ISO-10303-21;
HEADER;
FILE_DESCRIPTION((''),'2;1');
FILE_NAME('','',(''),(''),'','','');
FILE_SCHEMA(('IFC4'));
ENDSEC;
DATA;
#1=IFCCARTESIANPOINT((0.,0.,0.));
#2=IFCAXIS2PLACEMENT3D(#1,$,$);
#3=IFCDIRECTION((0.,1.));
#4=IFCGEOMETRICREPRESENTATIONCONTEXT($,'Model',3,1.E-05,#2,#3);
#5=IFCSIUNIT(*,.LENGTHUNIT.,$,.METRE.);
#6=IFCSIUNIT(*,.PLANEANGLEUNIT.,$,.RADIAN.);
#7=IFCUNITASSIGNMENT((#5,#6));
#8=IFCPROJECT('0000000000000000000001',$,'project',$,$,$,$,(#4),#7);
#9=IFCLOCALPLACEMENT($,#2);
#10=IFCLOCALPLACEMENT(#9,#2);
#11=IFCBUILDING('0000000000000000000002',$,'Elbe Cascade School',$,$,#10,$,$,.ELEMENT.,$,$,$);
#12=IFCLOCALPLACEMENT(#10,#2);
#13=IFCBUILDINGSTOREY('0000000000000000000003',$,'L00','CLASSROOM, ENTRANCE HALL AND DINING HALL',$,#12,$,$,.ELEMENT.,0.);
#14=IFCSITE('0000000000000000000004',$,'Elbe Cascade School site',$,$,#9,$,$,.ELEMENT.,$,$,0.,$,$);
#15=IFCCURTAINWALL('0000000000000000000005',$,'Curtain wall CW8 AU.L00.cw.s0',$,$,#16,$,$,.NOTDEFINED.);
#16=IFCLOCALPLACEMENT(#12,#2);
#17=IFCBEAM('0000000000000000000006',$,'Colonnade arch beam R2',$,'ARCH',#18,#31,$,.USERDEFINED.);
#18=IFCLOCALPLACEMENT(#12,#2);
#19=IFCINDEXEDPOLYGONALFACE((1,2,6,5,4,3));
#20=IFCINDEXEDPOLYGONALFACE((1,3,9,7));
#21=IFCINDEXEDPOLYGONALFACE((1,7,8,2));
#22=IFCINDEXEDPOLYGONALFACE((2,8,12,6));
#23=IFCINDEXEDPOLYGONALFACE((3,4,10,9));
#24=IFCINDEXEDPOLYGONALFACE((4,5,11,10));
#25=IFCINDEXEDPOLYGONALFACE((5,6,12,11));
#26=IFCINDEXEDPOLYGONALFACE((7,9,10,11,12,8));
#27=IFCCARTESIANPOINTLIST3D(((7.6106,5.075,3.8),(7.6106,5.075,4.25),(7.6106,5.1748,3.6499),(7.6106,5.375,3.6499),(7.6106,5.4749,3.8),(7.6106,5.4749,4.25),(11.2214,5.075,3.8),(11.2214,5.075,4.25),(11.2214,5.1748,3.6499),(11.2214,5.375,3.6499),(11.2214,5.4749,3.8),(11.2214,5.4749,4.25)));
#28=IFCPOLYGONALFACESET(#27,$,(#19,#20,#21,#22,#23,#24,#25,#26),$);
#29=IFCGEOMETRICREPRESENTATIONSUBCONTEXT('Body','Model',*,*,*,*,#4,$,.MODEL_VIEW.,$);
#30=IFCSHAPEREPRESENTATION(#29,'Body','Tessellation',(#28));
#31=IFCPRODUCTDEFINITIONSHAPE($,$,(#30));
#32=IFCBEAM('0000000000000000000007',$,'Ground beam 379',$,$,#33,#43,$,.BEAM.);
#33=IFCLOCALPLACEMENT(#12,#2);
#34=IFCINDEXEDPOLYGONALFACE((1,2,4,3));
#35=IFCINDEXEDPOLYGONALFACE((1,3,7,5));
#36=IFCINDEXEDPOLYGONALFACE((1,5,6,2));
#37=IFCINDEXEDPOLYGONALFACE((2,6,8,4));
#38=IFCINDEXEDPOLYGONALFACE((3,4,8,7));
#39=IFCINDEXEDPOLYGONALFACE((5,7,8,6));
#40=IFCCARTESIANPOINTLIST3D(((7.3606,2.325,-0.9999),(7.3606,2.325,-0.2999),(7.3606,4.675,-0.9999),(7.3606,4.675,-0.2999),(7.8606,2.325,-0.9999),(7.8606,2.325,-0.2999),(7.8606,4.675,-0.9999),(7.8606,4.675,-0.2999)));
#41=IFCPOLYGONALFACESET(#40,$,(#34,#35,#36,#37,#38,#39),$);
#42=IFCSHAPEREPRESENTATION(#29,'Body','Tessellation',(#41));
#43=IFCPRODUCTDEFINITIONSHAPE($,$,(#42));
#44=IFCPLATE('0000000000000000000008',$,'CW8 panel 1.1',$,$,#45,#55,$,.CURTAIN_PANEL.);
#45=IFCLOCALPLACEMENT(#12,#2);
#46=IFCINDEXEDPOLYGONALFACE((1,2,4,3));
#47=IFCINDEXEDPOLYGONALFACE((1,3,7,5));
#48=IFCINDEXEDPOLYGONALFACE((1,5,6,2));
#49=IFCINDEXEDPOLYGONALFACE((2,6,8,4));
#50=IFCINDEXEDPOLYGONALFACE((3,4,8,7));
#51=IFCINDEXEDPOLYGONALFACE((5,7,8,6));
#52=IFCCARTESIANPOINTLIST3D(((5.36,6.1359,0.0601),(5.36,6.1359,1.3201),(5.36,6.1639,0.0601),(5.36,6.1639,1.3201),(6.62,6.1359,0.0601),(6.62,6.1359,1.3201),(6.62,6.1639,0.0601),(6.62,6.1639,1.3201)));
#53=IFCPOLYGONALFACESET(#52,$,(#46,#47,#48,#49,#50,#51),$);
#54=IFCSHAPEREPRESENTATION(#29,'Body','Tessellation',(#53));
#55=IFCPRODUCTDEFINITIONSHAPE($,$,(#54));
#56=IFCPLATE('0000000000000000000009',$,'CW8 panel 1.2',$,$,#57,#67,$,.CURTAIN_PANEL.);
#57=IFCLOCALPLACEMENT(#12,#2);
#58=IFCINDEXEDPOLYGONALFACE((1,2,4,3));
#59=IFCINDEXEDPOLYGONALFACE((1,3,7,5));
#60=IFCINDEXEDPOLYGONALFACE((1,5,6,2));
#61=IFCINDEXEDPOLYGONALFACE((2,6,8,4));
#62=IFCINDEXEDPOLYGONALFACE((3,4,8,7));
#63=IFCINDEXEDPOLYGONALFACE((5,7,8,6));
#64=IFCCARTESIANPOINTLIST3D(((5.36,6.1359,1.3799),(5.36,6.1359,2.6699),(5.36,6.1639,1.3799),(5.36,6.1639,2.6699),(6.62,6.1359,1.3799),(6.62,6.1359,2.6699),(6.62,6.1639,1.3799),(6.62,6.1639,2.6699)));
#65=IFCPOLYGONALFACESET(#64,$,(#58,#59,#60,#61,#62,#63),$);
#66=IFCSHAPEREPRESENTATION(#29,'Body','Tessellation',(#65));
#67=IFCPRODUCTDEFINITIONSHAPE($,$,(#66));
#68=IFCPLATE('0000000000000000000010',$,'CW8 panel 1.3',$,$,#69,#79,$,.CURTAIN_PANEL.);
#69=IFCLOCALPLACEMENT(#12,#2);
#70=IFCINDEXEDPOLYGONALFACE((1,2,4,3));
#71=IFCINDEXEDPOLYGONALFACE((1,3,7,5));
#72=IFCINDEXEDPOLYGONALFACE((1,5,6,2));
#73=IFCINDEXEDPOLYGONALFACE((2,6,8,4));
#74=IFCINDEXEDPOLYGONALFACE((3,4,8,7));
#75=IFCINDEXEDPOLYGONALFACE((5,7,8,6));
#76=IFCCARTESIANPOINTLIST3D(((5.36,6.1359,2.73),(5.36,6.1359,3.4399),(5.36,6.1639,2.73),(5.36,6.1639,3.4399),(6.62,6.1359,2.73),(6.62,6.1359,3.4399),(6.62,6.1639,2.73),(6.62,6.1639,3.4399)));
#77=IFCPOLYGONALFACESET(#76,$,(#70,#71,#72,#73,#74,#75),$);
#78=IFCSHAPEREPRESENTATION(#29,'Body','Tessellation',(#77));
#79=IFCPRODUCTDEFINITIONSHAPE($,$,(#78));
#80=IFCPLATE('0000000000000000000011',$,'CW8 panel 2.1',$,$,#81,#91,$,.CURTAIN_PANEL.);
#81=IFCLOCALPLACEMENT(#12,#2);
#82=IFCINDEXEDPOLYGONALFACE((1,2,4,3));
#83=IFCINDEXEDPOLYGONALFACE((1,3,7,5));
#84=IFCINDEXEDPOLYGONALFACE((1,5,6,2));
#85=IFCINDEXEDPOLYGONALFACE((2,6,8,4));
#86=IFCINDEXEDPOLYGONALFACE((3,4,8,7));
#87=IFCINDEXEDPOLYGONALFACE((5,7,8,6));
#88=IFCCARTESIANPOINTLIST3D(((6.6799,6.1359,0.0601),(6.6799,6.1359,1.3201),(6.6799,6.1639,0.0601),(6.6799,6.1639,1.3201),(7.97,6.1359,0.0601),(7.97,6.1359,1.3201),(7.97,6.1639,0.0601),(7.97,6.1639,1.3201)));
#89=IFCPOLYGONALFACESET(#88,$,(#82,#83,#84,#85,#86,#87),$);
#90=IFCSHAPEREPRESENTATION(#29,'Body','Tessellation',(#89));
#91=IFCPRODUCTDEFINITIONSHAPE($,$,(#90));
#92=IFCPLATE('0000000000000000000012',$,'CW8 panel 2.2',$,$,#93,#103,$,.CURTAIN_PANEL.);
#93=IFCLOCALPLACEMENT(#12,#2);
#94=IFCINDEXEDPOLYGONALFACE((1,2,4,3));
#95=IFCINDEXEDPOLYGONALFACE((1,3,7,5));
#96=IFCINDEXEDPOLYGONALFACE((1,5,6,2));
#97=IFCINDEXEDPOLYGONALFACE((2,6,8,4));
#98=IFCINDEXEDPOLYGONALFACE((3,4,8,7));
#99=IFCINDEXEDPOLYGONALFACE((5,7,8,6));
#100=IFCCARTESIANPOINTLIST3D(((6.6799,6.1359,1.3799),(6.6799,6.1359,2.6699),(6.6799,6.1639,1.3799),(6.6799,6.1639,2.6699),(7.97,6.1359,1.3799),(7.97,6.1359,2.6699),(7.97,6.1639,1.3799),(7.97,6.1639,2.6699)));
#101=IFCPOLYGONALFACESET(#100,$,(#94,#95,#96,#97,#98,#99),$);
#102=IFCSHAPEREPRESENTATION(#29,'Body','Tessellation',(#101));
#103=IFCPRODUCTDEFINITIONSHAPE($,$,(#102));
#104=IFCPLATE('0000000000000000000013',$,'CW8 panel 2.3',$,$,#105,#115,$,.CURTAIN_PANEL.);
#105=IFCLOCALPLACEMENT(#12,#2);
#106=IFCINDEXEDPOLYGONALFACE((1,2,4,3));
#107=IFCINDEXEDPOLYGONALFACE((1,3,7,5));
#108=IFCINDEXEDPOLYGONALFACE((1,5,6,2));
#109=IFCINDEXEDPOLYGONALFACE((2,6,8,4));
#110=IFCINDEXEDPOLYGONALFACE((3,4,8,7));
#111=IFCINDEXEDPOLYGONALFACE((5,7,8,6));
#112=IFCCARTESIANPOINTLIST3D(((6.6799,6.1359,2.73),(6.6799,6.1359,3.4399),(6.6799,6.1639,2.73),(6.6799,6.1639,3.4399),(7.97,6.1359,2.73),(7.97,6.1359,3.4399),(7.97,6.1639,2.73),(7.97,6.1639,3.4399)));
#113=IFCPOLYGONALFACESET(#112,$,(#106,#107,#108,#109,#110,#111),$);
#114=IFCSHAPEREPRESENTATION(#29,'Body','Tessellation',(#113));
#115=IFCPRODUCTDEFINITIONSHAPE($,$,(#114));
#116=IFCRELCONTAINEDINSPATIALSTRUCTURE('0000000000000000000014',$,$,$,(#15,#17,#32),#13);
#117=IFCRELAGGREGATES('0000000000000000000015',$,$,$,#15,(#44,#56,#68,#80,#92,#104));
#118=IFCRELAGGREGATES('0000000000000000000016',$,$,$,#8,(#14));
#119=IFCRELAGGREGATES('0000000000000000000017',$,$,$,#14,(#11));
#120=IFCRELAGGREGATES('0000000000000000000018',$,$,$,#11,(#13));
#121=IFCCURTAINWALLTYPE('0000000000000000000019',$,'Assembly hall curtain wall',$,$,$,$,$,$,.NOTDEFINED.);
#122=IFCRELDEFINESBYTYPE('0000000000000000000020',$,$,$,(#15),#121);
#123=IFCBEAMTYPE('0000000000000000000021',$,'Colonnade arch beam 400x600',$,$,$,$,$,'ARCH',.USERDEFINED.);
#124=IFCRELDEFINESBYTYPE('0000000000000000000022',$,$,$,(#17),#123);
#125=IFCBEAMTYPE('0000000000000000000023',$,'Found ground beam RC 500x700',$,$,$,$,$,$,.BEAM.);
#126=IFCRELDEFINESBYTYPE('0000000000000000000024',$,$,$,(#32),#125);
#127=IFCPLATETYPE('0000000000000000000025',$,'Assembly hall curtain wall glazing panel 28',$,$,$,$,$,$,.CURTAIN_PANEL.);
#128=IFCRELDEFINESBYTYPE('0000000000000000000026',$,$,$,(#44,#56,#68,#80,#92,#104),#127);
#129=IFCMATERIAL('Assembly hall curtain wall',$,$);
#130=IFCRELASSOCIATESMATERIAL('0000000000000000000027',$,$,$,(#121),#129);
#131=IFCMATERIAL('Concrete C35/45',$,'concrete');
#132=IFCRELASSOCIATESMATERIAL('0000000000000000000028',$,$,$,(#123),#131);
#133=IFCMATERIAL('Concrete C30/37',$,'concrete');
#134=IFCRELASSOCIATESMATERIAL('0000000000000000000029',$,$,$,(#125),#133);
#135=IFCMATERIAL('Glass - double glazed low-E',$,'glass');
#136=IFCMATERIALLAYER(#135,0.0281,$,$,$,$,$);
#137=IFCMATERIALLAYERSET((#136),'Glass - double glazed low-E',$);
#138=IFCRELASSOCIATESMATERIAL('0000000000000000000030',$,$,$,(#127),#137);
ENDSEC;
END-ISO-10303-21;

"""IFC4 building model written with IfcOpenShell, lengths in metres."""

from ifc_helpers import new_model, si_unit, direction, frame, origin, origin_2d, place, context, subcontext, project, spatial, polyline, rectangle, outline, extrude, material, layer, layer_set, material_profile, profile_set, type_object, element, aggregate, save


model = new_model("IFC4")

# Units and contexts
model_context = context("Model", 3, precision=1e-05, world=origin(), true_north=direction((0.0, 1.0)))
body_context = subcontext(model_context, "Body", "Model", "MODEL_VIEW")
ifc_project = project(units=[si_unit("LENGTHUNIT", "METRE"), si_unit("PLANEANGLEUNIT", "RADIAN")], contexts=[model_context])

# Site, building, storey
site_placement = place(None, origin())
site = spatial("IfcSite", under=ifc_project, at=site_placement, Name="Elbe Cascade School site", CompositionType="ELEMENT", RefElevation=0.0)
building_placement = place(site_placement, origin())
building = spatial("IfcBuilding", under=site, at=building_placement, Name="Elbe Cascade School", CompositionType="ELEMENT")
storey_placement = place(building_placement, origin())
storey = spatial("IfcBuildingStorey", under=building, at=storey_placement, Name="L00", Description="CLASSROOM, ENTRANCE HALL AND DINING HALL", CompositionType="ELEMENT", Elevation=0.0)

# Curtain wall
ifc_material_1 = material(Name="Assembly hall curtain wall")
curtain_wall_type = type_object("IfcCurtainWallType", Name="Assembly hall curtain wall", PredefinedType="NOTDEFINED", material=ifc_material_1)
curtain_wall_placement = place(storey_placement, origin())
curtain_wall = element("IfcCurtainWall", 1, at=curtain_wall_placement, inside=storey, type_object=curtain_wall_type, Name="Curtain wall CW8 AU.L00.cw.s0", PredefinedType="NOTDEFINED")

# Beams
ifc_material_2 = material(Name="Concrete C35/45", Category="concrete")
ifc_material_profile_1 = material_profile(ifc_material_2, outline(polyline([(-0.2, 0.3), (0.2, 0.3), (0.2, -0.1499), (0.1001, -0.3), (-0.1001, -0.3), (-0.2, -0.1499), (-0.2, 0.3)])), Name="RC arch 400x600")
ifc_profile_set_1 = profile_set([ifc_material_profile_1], Name="Concrete C35/45")
beam_type_1 = type_object("IfcBeamType", Name="Colonnade arch beam 400x600", ElementType="ARCH", PredefinedType="USERDEFINED", material=ifc_profile_set_1)
for number, where, z_axis, x_axis, name in (
    (2, (7.6106, 5.2749, 3.95), (1.0, 0.0, 0.0), (0.0, 1.0, 0.0), "Colonnade arch beam R2"),
):
    element("IfcBeam", number, at=place(storey_placement, frame(where, z_axis=z_axis, x_axis=x_axis)), inside=storey, type_object=beam_type_1, Name=name, ObjectType="ARCH", PredefinedType="USERDEFINED", context=body_context, shape_type="SweptSolid", body=[
        extrude(outline(polyline([(-0.2, 0.3), (0.2, 0.3), (0.2, -0.1499), (0.1001, -0.3), (-0.1001, -0.3), (-0.2, -0.1499), (-0.2, 0.3)])), origin(), (0.0, 0.0, 1.0), 3.6108),
    ])
ifc_material_3 = material(Name="Concrete C30/37", Category="concrete")
ifc_material_profile_2 = material_profile(ifc_material_3, rectangle(XDim=0.5, YDim=0.7, at=origin_2d()), Name="RC 500x700")
ifc_profile_set_2 = profile_set([ifc_material_profile_2], Name="Concrete C30/37")
beam_type_2 = type_object("IfcBeamType", Name="Found ground beam RC 500x700", PredefinedType="BEAM", material=ifc_profile_set_2)
beam_1_placement = place(storey_placement, frame((7.6106, 2.325, -0.6499), z_axis=(0.0, 1.0, 0.0), x_axis=(-1.0, 0.0, 0.0)))
element("IfcBeam", 3, at=beam_1_placement, inside=storey, type_object=beam_type_2, Name="Ground beam 379", PredefinedType="BEAM", context=body_context, shape_type="SweptSolid", body=[
    extrude(rectangle(XDim=0.5, YDim=0.7, at=origin_2d()), origin(), (0.0, 0.0, 1.0), 2.3501),
])

# Plates
ifc_material_4 = material(Name="Glass - double glazed low-E", Category="glass")
ifc_layer_1 = layer(ifc_material_4, 0.0281)
ifc_layer_set_1 = layer_set([ifc_layer_1], Name="Glass - double glazed low-E")
plate_type = type_object("IfcPlateType", Name="Assembly hall curtain wall glazing panel 28", PredefinedType="CURTAIN_PANEL", material=ifc_layer_set_1)
plate_1_placement = place(storey_placement, frame((5.99, 6.1499, 0.0601), z_axis=(0.0, 0.0, 1.0), x_axis=(1.0, 0.0, 0.0)))
plate_1 = element("IfcPlate", 4, at=plate_1_placement, type_object=plate_type, Name="CW8 panel 1.1", PredefinedType="CURTAIN_PANEL", context=body_context, shape_type="SweptSolid", body=[
    extrude(rectangle(XDim=1.26, YDim=0.0281, at=origin_2d()), origin(), (0.0, 0.0, 1.0), 1.26),
])
plate_2_placement = place(storey_placement, frame((5.99, 6.1499, 1.3799), z_axis=(0.0, 0.0, 1.0), x_axis=(1.0, 0.0, 0.0)))
plate_2 = element("IfcPlate", 5, at=plate_2_placement, type_object=plate_type, Name="CW8 panel 1.2", PredefinedType="CURTAIN_PANEL", context=body_context, shape_type="SweptSolid", body=[
    extrude(rectangle(XDim=1.26, YDim=0.0281, at=origin_2d()), origin(), (0.0, 0.0, 1.0), 1.29),
])
plate_3_placement = place(storey_placement, frame((5.99, 6.1499, 2.73), z_axis=(0.0, 0.0, 1.0), x_axis=(1.0, 0.0, 0.0)))
plate_3 = element("IfcPlate", 6, at=plate_3_placement, type_object=plate_type, Name="CW8 panel 1.3", PredefinedType="CURTAIN_PANEL", context=body_context, shape_type="SweptSolid", body=[
    extrude(rectangle(XDim=1.26, YDim=0.0281, at=origin_2d()), origin(), (0.0, 0.0, 1.0), 0.71),
])
plate_4_placement = place(storey_placement, frame((7.325, 6.1499, 0.0601), z_axis=(0.0, 0.0, 1.0), x_axis=(1.0, 0.0, 0.0)))
plate_4 = element("IfcPlate", 7, at=plate_4_placement, type_object=plate_type, Name="CW8 panel 2.1", PredefinedType="CURTAIN_PANEL", context=body_context, shape_type="SweptSolid", body=[
    extrude(rectangle(XDim=1.29, YDim=0.0281, at=origin_2d()), origin(), (0.0, 0.0, 1.0), 1.26),
])
plate_5_placement = place(storey_placement, frame((7.325, 6.1499, 1.3799), z_axis=(0.0, 0.0, 1.0), x_axis=(1.0, 0.0, 0.0)))
plate_5 = element("IfcPlate", 8, at=plate_5_placement, type_object=plate_type, Name="CW8 panel 2.2", PredefinedType="CURTAIN_PANEL", context=body_context, shape_type="SweptSolid", body=[
    extrude(rectangle(XDim=1.29, YDim=0.0281, at=origin_2d()), origin(), (0.0, 0.0, 1.0), 1.29),
])
plate_6_placement = place(storey_placement, frame((7.325, 6.1499, 2.73), z_axis=(0.0, 0.0, 1.0), x_axis=(1.0, 0.0, 0.0)))
plate_6 = element("IfcPlate", 9, at=plate_6_placement, type_object=plate_type, Name="CW8 panel 2.3", PredefinedType="CURTAIN_PANEL", context=body_context, shape_type="SweptSolid", body=[
    extrude(rectangle(XDim=1.29, YDim=0.0281, at=origin_2d()), origin(), (0.0, 0.0, 1.0), 0.71),
])
aggregate(curtain_wall, [plate_1, plate_2, plate_3, plate_4, plate_5, plate_6])

save(model, "model.ifc")
